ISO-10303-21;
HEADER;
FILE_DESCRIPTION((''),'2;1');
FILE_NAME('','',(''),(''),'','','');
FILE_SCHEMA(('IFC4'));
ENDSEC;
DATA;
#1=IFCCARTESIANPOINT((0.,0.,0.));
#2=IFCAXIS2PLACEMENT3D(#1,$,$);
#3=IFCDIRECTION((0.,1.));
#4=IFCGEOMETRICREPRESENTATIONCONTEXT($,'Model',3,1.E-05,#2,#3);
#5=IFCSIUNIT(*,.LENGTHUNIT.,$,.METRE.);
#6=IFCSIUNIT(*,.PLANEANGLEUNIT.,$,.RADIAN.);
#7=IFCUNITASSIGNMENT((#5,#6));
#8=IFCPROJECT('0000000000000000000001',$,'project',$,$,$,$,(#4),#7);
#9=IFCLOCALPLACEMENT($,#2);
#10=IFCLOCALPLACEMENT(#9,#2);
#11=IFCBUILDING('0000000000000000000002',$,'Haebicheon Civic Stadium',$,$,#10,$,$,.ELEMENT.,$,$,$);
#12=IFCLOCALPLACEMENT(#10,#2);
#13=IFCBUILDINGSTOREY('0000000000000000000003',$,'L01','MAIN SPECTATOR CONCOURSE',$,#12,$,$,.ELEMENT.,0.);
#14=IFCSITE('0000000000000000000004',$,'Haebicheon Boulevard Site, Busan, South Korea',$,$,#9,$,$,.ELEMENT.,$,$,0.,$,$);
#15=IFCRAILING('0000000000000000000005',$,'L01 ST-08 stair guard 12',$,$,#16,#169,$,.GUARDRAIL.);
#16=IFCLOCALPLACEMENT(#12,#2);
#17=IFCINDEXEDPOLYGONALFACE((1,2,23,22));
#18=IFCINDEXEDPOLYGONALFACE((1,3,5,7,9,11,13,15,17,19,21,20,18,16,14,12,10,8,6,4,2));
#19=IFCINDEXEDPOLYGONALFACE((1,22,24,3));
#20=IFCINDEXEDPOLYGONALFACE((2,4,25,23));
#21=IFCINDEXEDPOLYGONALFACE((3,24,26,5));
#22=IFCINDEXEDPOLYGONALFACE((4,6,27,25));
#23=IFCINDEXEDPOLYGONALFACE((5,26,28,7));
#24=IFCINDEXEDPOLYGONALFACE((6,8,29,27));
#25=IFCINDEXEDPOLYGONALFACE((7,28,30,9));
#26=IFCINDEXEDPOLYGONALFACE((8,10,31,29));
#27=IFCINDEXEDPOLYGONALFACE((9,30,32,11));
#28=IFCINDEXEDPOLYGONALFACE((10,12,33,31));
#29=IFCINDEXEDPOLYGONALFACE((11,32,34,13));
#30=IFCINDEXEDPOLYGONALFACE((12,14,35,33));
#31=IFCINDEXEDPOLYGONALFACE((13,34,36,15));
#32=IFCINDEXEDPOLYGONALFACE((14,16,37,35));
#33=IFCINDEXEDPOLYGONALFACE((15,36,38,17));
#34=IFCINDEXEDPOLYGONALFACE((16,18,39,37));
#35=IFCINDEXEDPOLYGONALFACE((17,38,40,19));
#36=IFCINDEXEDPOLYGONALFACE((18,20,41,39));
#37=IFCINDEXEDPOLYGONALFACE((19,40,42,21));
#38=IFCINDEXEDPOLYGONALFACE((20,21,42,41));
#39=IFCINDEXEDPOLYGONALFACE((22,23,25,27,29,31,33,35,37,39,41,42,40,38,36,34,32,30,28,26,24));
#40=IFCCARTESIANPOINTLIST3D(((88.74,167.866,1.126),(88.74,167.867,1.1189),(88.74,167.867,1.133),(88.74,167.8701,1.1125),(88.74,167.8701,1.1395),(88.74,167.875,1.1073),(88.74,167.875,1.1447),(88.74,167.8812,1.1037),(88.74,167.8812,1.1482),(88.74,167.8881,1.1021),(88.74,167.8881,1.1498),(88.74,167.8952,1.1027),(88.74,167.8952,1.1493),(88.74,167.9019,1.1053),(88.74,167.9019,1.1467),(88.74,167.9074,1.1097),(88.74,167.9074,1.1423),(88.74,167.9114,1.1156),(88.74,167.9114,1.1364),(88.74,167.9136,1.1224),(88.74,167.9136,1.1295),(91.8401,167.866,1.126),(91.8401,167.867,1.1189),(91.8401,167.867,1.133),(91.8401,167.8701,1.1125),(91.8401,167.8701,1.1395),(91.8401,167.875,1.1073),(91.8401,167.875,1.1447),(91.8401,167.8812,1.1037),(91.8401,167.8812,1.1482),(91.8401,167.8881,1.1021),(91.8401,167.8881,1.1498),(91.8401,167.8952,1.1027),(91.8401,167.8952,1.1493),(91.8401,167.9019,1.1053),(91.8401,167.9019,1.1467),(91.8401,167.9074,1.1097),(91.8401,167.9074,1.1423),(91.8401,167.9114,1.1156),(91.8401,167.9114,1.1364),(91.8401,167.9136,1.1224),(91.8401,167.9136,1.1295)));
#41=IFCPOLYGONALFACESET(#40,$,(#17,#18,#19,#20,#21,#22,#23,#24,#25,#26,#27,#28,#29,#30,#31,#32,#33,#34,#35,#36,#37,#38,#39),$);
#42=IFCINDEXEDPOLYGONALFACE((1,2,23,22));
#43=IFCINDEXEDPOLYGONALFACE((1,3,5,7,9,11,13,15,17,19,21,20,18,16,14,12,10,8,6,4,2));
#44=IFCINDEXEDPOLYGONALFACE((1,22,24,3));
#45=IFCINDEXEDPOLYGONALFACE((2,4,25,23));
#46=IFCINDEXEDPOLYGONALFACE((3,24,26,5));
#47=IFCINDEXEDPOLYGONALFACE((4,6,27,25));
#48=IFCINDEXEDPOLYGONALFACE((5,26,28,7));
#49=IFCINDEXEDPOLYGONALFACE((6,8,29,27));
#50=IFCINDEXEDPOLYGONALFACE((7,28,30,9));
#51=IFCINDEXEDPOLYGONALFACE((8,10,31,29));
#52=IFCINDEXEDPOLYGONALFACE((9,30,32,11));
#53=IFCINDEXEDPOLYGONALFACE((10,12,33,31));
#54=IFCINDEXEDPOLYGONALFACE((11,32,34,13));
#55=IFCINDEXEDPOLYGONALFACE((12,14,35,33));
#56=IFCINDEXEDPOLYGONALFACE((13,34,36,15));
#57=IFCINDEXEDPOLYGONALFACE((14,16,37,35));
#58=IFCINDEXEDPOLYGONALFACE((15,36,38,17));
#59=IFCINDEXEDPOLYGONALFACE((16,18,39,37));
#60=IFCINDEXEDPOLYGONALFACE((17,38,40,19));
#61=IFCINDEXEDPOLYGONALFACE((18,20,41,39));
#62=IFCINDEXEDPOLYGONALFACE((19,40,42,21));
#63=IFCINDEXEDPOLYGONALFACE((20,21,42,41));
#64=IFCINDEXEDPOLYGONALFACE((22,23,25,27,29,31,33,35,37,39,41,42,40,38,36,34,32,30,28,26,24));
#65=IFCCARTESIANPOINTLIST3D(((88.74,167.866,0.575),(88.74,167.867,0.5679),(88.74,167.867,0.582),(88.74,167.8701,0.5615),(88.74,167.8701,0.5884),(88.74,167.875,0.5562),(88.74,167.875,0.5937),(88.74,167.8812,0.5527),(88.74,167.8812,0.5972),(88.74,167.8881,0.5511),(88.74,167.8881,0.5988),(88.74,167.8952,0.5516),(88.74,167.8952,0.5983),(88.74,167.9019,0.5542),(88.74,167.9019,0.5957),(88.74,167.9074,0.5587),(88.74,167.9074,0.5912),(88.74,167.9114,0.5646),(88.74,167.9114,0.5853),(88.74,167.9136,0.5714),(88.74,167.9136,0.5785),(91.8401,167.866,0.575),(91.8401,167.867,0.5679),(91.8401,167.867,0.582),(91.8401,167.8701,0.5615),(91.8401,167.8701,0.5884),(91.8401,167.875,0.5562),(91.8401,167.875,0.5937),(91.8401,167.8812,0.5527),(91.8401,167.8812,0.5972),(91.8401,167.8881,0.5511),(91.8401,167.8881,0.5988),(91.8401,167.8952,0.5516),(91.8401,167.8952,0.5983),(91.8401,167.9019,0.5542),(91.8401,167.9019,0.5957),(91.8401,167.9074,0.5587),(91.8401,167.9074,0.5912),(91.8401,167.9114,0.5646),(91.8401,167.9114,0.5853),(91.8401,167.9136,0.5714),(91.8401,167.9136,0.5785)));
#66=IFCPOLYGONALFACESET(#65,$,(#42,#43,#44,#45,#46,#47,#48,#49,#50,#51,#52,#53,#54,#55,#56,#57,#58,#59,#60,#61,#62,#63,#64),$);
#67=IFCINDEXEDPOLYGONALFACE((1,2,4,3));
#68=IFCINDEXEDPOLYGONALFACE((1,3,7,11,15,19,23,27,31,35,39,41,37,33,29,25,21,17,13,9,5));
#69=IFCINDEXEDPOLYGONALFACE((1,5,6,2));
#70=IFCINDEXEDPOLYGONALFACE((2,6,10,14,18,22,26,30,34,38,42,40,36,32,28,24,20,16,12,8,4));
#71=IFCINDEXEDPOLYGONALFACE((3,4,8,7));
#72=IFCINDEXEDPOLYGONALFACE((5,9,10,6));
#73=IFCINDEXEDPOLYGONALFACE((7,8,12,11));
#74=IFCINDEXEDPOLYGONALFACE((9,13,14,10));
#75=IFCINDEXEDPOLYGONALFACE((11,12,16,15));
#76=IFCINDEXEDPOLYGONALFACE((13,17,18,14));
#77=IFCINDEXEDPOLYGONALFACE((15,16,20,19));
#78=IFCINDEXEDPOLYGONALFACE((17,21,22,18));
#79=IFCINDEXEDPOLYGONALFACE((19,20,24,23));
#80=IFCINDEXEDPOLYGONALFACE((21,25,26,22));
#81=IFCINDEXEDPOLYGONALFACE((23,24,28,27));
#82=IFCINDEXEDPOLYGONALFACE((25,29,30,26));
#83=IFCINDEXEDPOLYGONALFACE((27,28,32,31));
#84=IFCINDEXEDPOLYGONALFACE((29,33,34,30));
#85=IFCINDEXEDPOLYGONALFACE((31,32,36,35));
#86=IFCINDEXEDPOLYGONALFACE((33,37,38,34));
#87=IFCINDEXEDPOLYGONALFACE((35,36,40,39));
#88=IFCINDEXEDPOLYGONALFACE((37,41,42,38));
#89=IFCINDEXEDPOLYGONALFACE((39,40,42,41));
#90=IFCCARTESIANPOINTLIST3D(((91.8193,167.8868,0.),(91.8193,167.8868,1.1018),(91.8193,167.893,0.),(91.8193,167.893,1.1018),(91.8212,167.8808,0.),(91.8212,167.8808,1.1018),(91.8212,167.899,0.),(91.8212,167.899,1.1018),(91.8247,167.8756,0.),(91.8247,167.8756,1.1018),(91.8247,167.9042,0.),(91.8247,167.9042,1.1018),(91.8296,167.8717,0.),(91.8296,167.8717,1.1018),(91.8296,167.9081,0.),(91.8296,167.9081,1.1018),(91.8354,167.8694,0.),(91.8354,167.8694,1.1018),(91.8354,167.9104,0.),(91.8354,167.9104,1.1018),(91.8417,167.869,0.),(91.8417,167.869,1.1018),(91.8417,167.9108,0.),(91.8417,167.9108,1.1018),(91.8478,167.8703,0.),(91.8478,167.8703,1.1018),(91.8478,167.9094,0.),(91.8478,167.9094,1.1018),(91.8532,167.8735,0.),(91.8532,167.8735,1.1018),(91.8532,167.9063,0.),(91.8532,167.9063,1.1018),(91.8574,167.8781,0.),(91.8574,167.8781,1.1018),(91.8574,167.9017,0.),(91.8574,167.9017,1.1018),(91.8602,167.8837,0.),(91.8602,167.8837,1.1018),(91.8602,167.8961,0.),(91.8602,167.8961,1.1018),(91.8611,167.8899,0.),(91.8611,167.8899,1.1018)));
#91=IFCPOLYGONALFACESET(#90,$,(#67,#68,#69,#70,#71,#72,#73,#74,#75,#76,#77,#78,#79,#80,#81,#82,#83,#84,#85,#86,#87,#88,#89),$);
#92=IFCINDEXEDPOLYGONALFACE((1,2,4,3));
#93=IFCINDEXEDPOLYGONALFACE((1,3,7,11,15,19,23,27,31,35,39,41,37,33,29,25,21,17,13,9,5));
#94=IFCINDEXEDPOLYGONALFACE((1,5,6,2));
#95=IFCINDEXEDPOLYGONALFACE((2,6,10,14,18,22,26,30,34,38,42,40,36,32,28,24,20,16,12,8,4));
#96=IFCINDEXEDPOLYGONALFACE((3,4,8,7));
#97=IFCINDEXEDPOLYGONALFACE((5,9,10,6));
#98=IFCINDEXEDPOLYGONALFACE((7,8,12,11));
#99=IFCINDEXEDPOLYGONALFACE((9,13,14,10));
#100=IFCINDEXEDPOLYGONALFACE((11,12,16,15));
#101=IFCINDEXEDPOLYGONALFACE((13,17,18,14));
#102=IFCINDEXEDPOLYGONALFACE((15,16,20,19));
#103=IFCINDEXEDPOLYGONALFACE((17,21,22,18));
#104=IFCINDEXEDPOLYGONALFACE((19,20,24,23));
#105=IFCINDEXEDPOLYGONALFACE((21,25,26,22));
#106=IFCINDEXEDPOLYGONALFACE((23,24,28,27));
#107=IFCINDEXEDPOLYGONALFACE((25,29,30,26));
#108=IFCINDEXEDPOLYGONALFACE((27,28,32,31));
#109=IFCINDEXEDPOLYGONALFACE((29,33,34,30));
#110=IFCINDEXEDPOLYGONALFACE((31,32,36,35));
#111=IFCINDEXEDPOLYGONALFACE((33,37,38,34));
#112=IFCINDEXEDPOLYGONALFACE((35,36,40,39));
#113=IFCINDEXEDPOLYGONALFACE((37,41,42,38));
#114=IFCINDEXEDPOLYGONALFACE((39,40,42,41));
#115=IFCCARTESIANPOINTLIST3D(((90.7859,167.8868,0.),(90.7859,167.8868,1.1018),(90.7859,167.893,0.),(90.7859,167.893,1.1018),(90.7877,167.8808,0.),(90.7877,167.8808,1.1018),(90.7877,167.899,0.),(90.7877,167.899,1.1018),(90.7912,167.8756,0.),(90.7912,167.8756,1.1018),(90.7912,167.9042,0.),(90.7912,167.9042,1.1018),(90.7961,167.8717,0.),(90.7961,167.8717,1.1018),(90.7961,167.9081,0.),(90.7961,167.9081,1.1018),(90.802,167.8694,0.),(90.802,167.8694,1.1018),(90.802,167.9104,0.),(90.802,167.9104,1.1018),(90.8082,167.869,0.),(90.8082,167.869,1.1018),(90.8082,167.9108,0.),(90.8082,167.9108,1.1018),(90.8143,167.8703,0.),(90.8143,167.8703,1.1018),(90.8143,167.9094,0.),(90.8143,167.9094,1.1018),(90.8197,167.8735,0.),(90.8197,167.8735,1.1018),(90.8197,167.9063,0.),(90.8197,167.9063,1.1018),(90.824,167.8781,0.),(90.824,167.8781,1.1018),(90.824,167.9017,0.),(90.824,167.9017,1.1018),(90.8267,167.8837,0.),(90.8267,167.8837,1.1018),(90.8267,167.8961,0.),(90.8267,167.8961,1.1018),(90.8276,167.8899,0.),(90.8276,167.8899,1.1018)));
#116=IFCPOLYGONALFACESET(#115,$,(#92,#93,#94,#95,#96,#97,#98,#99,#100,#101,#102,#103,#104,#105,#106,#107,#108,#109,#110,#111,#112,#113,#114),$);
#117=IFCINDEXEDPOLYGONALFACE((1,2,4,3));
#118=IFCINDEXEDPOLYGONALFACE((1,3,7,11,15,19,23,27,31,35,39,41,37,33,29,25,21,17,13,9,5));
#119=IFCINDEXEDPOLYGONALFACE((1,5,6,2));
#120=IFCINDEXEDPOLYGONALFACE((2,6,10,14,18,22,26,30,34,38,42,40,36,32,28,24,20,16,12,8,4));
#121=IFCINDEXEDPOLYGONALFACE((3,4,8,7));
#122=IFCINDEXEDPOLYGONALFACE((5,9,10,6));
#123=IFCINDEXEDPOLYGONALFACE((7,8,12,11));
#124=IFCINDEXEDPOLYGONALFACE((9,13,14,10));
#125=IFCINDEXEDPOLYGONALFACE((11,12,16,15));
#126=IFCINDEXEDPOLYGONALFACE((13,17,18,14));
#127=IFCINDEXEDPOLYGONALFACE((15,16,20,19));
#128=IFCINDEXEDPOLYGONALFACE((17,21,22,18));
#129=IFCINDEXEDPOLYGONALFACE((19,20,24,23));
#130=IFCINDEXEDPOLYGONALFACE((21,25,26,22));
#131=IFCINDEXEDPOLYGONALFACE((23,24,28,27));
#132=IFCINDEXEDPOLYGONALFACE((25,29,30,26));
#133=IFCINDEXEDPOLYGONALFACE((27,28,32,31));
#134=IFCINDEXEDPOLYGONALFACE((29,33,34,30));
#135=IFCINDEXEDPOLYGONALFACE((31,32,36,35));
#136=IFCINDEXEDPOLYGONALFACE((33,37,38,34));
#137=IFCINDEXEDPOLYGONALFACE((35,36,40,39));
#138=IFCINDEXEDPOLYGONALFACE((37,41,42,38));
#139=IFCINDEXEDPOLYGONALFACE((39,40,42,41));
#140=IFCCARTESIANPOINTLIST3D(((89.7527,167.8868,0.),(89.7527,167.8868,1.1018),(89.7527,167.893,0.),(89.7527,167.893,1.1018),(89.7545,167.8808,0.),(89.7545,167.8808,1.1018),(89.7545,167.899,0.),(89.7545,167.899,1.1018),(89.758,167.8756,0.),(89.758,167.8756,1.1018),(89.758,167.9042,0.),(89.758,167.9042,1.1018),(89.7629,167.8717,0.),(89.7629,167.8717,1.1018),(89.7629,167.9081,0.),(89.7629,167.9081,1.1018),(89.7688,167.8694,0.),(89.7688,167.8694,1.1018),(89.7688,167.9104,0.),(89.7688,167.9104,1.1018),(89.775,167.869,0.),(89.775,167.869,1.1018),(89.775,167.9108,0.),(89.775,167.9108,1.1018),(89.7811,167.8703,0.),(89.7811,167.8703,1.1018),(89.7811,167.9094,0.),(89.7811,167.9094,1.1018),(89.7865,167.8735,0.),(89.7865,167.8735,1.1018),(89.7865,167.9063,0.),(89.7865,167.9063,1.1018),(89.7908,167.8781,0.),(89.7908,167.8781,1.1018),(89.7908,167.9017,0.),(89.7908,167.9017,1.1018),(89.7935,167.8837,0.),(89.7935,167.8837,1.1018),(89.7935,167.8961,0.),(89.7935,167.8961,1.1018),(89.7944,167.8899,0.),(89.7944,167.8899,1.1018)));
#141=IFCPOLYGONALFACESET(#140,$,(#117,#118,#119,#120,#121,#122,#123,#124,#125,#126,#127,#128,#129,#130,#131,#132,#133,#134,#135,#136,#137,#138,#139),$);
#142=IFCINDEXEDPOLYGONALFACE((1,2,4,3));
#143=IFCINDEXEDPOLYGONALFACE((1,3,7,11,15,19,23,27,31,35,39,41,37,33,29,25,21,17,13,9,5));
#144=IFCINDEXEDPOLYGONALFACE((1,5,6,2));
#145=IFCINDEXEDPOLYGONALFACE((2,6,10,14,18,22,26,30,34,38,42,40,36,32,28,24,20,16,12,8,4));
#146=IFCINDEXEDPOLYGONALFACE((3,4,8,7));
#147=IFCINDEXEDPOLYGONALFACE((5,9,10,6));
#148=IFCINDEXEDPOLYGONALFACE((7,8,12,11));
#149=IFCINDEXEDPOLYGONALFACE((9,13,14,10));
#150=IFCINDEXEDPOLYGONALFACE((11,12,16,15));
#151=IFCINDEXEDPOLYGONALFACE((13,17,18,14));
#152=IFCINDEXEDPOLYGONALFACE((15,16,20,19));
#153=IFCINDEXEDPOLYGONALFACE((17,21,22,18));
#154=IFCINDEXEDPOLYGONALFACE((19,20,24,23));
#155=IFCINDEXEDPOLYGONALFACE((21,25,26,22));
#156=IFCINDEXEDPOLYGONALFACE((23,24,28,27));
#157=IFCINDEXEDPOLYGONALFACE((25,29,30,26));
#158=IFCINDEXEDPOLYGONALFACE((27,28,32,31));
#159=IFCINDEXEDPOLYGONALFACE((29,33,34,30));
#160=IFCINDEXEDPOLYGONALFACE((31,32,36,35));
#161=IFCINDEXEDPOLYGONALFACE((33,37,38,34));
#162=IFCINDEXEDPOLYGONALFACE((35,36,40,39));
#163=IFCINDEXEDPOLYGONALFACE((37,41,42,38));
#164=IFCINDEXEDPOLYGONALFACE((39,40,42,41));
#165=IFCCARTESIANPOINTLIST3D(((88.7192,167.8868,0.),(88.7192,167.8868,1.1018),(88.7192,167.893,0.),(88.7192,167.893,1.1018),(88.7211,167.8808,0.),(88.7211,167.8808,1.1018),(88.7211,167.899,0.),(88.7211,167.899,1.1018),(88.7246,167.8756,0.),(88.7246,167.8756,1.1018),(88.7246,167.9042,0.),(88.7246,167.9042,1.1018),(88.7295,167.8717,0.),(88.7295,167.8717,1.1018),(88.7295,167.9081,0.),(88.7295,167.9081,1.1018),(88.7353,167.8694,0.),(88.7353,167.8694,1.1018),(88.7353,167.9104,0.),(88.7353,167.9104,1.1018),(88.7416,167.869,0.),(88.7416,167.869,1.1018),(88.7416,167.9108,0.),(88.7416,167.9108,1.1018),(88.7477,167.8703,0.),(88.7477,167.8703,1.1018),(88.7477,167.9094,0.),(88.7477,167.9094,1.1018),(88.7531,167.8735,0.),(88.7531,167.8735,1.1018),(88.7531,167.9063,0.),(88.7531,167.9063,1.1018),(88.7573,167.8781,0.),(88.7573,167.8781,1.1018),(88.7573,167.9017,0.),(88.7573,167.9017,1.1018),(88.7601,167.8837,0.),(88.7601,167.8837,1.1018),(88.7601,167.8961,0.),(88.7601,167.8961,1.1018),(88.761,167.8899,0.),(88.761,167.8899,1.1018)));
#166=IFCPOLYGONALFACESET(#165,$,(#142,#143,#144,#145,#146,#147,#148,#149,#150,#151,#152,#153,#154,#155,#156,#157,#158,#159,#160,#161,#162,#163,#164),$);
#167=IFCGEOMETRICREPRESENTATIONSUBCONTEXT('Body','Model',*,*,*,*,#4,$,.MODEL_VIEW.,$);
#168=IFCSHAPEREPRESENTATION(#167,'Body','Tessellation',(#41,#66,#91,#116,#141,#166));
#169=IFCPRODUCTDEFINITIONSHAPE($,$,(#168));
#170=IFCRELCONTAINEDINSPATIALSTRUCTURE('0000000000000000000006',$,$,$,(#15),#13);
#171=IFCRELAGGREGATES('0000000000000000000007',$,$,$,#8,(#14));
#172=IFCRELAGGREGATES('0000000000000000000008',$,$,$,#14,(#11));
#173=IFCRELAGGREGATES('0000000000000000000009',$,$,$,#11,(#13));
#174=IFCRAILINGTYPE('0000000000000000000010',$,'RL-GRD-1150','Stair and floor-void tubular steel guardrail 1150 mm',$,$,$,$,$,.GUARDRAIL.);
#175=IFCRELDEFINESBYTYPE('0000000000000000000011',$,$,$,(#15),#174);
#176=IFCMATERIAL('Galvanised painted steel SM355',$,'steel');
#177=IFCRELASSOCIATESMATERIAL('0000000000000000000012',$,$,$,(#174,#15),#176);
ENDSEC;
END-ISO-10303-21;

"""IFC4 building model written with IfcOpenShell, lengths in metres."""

from ifc_helpers import new_model, si_unit, direction, frame, origin, origin_2d, place, context, subcontext, project, spatial, circle, extrude, material, type_object, element, save


model = new_model("IFC4")

# Units and contexts
model_context = context("Model", 3, precision=1e-05, world=origin(), true_north=direction((0.0, 1.0)))
body_context = subcontext(model_context, "Body", "Model", "MODEL_VIEW")
ifc_project = project(units=[si_unit("LENGTHUNIT", "METRE"), si_unit("PLANEANGLEUNIT", "RADIAN")], contexts=[model_context])

# Site, building, storey
site_placement = place(None, origin())
site = spatial("IfcSite", under=ifc_project, at=site_placement, Name="Haebicheon Boulevard Site, Busan, South Korea", CompositionType="ELEMENT", RefElevation=0.0)
building_placement = place(site_placement, origin())
building = spatial("IfcBuilding", under=site, at=building_placement, Name="Haebicheon Civic Stadium", CompositionType="ELEMENT")
storey_placement = place(building_placement, origin())
storey = spatial("IfcBuildingStorey", under=building, at=storey_placement, Name="L01", Description="MAIN SPECTATOR CONCOURSE", CompositionType="ELEMENT", Elevation=0.0)

# Railing
ifc_material_1 = material(Name="Galvanised painted steel SM355", Category="steel")
railing_type = type_object("IfcRailingType", Name="RL-GRD-1150", Description="Stair and floor-void tubular steel guardrail 1150 mm", PredefinedType="GUARDRAIL", material=ifc_material_1)
railing_1_placement = place(storey_placement, frame((91.8401, 167.8899, 0.0)))
element("IfcRailing", 1, at=railing_1_placement, inside=storey, type_object=railing_type, material=ifc_material_1, Name="L01 ST-08 stair guard 12", PredefinedType="GUARDRAIL", context=body_context, shape_type="SweptSolid", body=[
    extrude(circle(Radius=0.0239, at=origin_2d()), frame((0.0, 0.0, 1.126), z_axis=(-1.0, 0.0, 0.0), x_axis=(0.0, -1.0, 0.0)), (0.0, 0.0, 1.0), 3.1001),
    extrude(circle(Radius=0.0239, at=origin_2d()), frame((0.0, 0.0, 0.575), z_axis=(-1.0, 0.0, 0.0), x_axis=(0.0, -1.0, 0.0)), (0.0, 0.0, 1.0), 3.1001),
    extrude(circle(Radius=0.021, at=origin_2d()), origin(), (0.0, 0.0, 1.0), 1.1018),
    extrude(circle(Radius=0.021, at=origin_2d()), frame((-1.0334, 0.0, 0.0)), (0.0, 0.0, 1.0), 1.1018),
    extrude(circle(Radius=0.021, at=origin_2d()), frame((-2.0667, 0.0, 0.0)), (0.0, 0.0, 1.0), 1.1018),
    extrude(circle(Radius=0.021, at=origin_2d()), frame((-3.1001, 0.0, 0.0)), (0.0, 0.0, 1.0), 1.1018),
])

save(model, "model.ifc")
